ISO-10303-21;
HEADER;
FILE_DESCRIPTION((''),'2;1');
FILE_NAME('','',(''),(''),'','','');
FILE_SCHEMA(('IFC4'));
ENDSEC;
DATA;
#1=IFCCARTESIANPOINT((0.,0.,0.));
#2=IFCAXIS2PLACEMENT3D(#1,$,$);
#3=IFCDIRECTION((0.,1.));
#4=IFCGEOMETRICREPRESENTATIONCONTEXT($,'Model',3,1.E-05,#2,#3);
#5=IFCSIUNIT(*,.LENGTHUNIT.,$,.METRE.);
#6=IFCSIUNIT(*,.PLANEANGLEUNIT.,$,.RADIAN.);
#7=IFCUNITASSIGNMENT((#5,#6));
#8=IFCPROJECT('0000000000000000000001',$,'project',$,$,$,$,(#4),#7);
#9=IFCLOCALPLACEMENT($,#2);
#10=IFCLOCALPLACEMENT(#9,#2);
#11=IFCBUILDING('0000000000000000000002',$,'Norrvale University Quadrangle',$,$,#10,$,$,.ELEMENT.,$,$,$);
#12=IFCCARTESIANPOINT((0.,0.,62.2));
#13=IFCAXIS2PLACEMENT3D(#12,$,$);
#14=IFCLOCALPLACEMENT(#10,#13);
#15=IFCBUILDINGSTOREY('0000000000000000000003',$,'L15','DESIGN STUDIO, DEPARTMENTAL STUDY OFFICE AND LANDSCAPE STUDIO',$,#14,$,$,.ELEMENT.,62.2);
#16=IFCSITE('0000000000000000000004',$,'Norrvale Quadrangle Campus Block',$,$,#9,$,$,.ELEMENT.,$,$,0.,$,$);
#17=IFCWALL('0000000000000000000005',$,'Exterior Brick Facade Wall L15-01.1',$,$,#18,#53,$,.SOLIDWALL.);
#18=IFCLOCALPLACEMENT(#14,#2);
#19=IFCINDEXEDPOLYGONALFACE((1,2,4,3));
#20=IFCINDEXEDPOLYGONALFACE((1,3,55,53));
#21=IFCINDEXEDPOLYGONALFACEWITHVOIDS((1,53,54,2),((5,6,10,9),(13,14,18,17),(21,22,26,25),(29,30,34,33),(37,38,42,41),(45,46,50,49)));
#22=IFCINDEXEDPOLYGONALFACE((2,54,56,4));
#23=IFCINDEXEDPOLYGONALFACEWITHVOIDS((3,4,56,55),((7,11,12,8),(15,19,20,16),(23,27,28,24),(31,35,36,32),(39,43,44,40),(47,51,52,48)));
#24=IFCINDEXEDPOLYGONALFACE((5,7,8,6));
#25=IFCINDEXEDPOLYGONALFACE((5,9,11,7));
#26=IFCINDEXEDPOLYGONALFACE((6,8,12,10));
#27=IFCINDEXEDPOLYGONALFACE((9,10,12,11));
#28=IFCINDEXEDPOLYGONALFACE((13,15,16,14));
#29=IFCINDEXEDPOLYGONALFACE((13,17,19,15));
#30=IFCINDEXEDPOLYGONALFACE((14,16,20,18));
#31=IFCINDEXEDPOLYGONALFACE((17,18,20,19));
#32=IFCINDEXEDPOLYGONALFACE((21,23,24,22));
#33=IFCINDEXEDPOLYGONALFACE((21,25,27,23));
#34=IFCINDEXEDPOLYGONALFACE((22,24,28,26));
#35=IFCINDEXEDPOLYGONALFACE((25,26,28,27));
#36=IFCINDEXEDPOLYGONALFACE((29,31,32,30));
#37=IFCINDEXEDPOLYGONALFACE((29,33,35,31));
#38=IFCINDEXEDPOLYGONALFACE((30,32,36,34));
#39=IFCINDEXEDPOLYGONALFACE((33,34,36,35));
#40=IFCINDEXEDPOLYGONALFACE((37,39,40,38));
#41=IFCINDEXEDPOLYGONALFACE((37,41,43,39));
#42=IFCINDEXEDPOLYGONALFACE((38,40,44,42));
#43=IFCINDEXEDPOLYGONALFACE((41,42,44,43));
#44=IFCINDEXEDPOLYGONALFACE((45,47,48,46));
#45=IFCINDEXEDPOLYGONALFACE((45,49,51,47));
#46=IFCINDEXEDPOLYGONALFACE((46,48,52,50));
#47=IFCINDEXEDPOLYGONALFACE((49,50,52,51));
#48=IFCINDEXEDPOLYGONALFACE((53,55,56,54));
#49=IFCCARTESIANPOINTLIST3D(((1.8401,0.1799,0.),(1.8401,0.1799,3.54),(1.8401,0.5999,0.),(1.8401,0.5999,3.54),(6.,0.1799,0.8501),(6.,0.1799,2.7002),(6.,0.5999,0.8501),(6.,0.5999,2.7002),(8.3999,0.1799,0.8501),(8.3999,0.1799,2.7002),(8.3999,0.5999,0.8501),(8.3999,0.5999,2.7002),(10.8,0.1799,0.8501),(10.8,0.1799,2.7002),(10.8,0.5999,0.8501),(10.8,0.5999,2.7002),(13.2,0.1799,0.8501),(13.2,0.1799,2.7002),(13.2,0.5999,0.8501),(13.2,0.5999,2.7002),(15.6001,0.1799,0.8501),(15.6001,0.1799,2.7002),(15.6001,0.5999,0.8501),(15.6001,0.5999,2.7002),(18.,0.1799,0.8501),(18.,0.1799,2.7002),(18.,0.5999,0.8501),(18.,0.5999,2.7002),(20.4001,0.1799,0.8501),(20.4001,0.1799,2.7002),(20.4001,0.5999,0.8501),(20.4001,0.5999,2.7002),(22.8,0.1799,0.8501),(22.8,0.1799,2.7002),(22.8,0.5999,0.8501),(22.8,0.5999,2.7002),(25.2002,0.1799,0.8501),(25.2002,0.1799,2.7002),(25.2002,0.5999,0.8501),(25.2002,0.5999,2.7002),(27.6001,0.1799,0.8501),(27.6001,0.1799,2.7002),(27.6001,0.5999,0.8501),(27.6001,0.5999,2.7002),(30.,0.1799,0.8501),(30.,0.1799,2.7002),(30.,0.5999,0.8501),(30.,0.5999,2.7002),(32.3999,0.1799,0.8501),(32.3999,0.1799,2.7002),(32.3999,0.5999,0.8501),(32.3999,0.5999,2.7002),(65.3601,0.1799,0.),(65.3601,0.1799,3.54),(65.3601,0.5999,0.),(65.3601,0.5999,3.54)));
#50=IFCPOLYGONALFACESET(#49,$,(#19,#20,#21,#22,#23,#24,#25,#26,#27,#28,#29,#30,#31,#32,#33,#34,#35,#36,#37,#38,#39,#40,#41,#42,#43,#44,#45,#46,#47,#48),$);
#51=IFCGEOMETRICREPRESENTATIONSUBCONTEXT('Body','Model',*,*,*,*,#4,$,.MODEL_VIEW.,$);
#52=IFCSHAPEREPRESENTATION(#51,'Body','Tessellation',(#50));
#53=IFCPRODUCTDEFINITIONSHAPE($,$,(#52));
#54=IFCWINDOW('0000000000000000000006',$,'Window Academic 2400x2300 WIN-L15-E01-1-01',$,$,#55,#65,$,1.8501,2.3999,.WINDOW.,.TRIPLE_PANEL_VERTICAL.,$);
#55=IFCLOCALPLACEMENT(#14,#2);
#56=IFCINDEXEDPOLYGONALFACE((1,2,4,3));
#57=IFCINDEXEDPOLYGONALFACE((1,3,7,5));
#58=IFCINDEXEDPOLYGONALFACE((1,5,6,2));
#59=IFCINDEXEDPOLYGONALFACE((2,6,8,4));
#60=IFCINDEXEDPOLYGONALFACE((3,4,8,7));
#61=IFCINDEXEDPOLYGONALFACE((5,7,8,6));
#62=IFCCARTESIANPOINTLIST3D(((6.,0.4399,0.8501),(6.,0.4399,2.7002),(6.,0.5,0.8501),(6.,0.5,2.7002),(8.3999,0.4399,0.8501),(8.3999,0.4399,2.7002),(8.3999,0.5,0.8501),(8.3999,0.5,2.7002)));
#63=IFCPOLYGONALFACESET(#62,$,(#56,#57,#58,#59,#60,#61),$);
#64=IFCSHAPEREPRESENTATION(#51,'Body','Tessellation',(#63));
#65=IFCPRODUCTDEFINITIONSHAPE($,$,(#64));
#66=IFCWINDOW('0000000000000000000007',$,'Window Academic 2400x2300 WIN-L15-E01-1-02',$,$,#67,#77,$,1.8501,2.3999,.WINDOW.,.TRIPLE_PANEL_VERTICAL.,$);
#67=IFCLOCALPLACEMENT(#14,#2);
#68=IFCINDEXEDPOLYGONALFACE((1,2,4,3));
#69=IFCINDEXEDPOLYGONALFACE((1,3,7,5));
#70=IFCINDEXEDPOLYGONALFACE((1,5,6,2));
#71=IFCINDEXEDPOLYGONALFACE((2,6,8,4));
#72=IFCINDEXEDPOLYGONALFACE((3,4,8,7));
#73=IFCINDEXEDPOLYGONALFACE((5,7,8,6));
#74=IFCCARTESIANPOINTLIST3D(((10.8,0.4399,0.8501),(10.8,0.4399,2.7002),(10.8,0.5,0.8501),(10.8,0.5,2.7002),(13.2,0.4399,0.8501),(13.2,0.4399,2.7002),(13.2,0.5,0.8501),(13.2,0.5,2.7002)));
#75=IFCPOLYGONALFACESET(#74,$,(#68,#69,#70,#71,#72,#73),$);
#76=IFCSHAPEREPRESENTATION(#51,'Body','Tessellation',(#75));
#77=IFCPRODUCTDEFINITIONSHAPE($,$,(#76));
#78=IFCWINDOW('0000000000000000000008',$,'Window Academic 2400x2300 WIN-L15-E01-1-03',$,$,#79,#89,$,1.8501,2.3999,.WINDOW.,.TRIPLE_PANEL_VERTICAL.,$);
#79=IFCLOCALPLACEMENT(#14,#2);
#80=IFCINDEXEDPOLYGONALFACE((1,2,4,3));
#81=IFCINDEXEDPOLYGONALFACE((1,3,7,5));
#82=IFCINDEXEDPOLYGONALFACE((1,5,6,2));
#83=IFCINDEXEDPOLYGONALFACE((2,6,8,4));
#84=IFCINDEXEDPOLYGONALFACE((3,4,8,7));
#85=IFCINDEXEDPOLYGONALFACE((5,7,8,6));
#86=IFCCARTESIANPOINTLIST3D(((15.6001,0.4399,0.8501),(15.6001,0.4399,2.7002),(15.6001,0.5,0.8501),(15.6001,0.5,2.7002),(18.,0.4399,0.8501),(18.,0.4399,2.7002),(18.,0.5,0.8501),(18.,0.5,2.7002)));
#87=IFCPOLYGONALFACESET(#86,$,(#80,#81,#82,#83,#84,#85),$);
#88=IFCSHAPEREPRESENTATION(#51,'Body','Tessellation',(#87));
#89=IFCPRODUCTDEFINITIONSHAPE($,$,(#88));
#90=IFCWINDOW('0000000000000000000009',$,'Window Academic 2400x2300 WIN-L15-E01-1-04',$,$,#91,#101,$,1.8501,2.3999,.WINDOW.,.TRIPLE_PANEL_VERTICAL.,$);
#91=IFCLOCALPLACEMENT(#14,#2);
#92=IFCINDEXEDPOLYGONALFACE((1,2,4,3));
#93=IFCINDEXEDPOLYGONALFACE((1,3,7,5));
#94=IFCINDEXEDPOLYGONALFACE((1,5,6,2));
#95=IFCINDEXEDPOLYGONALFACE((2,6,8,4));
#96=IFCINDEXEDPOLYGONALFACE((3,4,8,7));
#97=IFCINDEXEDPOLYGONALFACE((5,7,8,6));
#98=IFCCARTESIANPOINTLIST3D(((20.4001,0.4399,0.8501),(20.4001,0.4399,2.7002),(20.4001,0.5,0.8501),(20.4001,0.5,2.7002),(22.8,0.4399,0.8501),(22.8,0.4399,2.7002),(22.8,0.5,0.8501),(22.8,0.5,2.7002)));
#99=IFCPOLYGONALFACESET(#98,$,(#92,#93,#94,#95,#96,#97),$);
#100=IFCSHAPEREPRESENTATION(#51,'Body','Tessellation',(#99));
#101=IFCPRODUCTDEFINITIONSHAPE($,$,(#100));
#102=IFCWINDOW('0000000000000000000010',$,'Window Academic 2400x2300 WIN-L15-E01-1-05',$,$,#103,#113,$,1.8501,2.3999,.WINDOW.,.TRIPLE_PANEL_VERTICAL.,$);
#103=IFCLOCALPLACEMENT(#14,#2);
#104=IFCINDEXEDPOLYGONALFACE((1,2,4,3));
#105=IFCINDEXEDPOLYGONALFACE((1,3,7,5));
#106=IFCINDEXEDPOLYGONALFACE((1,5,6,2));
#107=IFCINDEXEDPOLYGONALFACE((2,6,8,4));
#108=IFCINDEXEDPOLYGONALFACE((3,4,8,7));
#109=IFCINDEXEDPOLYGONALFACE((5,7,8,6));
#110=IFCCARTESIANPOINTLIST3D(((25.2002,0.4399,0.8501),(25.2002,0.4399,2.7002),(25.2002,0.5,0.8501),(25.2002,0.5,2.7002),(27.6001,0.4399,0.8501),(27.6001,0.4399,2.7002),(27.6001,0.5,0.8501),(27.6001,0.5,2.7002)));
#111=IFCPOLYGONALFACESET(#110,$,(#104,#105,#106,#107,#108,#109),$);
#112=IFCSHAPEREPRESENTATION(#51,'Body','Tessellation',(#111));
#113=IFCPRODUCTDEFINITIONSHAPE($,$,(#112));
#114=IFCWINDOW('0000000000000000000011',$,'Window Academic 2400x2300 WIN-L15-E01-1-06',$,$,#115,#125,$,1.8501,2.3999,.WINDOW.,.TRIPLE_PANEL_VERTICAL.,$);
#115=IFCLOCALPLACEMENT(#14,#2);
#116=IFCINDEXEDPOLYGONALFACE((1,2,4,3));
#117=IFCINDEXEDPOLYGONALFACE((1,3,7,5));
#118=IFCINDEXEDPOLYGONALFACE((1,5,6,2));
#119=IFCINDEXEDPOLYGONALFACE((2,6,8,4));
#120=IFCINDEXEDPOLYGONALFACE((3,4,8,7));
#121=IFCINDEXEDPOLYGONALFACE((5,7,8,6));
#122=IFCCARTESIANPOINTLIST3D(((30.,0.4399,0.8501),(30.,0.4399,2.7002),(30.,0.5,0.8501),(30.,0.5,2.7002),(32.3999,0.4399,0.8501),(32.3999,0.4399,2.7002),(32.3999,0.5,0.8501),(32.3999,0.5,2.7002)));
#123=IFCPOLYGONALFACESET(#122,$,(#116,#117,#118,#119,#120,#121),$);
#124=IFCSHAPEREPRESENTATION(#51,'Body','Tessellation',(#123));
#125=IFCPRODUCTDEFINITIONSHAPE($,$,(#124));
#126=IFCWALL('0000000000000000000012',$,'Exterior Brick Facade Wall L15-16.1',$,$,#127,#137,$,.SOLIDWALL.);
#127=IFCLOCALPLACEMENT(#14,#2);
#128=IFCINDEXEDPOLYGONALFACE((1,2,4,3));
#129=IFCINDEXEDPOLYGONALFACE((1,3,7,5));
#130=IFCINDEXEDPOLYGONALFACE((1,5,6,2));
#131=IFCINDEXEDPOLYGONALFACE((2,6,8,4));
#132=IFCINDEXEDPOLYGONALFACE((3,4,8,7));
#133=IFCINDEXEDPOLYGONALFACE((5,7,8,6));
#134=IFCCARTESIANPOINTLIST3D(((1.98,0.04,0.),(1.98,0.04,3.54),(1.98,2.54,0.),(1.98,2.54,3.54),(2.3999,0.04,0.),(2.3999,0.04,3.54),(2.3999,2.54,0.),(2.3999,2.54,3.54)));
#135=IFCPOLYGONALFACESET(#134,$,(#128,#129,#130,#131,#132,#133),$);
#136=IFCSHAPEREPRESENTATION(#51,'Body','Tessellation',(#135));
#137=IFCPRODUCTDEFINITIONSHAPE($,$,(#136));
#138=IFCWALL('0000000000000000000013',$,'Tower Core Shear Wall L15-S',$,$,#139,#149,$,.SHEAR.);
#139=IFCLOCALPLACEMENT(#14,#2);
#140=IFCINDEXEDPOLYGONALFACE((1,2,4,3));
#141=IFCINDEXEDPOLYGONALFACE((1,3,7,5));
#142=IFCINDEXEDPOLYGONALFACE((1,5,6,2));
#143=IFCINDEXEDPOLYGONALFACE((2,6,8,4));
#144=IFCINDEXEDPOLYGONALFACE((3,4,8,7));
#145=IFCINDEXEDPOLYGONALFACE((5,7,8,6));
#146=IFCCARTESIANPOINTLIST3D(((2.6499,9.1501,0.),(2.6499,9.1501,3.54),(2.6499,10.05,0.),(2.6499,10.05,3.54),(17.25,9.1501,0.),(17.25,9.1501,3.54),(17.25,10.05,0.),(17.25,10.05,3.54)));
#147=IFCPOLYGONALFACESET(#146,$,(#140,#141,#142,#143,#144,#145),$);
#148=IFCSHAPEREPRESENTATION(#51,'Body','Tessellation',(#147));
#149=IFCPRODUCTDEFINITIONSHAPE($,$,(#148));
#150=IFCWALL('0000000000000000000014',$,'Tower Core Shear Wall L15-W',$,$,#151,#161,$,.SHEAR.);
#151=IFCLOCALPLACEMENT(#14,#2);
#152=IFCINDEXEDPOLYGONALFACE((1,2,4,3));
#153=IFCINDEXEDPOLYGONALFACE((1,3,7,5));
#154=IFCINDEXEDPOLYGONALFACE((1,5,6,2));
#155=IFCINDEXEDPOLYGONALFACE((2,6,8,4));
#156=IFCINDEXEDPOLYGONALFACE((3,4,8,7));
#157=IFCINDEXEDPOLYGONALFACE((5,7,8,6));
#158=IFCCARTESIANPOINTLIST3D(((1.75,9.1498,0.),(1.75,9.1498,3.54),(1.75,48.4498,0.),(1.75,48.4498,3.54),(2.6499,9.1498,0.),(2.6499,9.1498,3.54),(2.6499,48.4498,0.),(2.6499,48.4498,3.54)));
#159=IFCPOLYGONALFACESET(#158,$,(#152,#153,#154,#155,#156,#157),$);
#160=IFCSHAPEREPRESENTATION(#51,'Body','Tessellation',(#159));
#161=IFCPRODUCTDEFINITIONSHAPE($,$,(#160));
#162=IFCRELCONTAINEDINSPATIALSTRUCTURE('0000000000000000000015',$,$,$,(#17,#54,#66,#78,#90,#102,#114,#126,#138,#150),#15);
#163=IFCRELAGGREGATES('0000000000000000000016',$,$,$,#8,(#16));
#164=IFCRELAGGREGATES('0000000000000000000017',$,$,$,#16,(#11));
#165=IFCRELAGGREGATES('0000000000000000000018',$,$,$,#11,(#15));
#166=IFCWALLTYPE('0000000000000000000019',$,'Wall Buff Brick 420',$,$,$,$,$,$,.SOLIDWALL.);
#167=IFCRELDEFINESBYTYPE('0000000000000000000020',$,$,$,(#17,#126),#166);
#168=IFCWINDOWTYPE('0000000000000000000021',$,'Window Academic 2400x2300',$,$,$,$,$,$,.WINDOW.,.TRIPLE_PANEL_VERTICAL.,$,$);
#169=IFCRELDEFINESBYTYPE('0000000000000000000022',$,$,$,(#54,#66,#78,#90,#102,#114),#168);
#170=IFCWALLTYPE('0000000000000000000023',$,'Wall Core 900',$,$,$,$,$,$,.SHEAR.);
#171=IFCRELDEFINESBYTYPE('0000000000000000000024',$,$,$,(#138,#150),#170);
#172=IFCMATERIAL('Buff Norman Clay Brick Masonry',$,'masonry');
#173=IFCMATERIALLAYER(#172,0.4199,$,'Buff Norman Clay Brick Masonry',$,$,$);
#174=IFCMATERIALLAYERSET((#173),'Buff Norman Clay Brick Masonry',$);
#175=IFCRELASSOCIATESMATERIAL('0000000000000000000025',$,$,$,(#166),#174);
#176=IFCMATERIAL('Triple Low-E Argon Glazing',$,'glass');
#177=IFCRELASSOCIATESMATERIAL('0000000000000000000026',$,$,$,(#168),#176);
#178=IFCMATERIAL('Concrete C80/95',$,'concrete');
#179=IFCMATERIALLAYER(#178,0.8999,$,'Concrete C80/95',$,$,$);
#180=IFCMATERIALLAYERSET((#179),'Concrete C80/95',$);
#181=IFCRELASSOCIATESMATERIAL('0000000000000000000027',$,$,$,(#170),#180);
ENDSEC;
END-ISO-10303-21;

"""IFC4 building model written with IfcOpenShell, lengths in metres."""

from ifc_helpers import new_model, si_unit, direction, frame, frame_2d, origin, place, context, subcontext, project, spatial, rectangle, extrude, material, layer, layer_set, type_object, element, fill, save


model = new_model("IFC4")

# Units and contexts
model_context = context("Model", 3, precision=1e-05, world=origin(), true_north=direction((0.0, 1.0)))
body_context = subcontext(model_context, "Body", "Model", "MODEL_VIEW")
ifc_project = project(units=[si_unit("LENGTHUNIT", "METRE"), si_unit("PLANEANGLEUNIT", "RADIAN")], contexts=[model_context])

# Site, building, storey
site_placement = place(None, origin())
site = spatial("IfcSite", under=ifc_project, at=site_placement, Name="Norrvale Quadrangle Campus Block", CompositionType="ELEMENT", RefElevation=0.0)
building_placement = place(site_placement, origin())
building = spatial("IfcBuilding", under=site, at=building_placement, Name="Norrvale University Quadrangle", CompositionType="ELEMENT")
storey_placement = place(building_placement, frame((0.0, 0.0, 62.2)))
storey = spatial("IfcBuildingStorey", under=building, at=storey_placement, Name="L15", Description="DESIGN STUDIO, DEPARTMENTAL STUDY OFFICE AND LANDSCAPE STUDIO", CompositionType="ELEMENT", Elevation=62.2)

# Shared definitions
ifc_material_1 = material(Name="Concrete C80/95", Category="concrete")

# Wall, openings, windows
ifc_material_2 = material(Name="Buff Norman Clay Brick Masonry", Category="masonry")
ifc_layer_1 = layer(ifc_material_2, 0.4199, Name="Buff Norman Clay Brick Masonry")
ifc_layer_set_1 = layer_set([ifc_layer_1], Name="Buff Norman Clay Brick Masonry")
wall_type_1 = type_object("IfcWallType", Name="Wall Buff Brick 420", PredefinedType="SOLIDWALL", material=ifc_layer_set_1)
wall_1_placement = place(storey_placement, frame((1.8401, 0.3899, 0.0), z_axis=(0.0, 0.0, 1.0), x_axis=(1.0, 0.0, 0.0)))
wall_1 = element("IfcWall", 1, at=wall_1_placement, inside=storey, type_object=wall_type_1, Name="Exterior Brick Facade Wall L15-01.1", PredefinedType="SOLIDWALL", context=body_context, shape_type="SweptSolid", body=[
    extrude(rectangle(XDim=63.52, YDim=0.4199, at=frame_2d((31.76, 0.0))), origin(), (0.0, 0.0, 1.0), 3.54),
])
opening_1_placement = place(wall_1_placement, frame((4.1599, 0.0, 0.8501)))
opening_1 = element("IfcOpeningElement", 2, at=opening_1_placement, cuts=wall_1, PredefinedType="OPENING", context=body_context, shape_type="SweptSolid", body=[
    extrude(rectangle(XDim=2.3999, YDim=1.8501, at=frame_2d((1.2, 0.925))), frame((0.0, 0.2219, 0.0), z_axis=(0.0, -1.0, 0.0), x_axis=(1.0, 0.0, 0.0)), (0.0, 0.0, 1.0), 0.4438),
])
opening_2_placement = place(wall_1_placement, frame((8.96, 0.0, 0.8501)))
opening_2 = element("IfcOpeningElement", 3, at=opening_2_placement, cuts=wall_1, PredefinedType="OPENING", context=body_context, shape_type="SweptSolid", body=[
    extrude(rectangle(XDim=2.3999, YDim=1.8501, at=frame_2d((1.2, 0.925))), frame((0.0, 0.2219, 0.0), z_axis=(0.0, -1.0, 0.0), x_axis=(1.0, 0.0, 0.0)), (0.0, 0.0, 1.0), 0.4438),
])
opening_3_placement = place(wall_1_placement, frame((13.76, 0.0, 0.8501)))
opening_3 = element("IfcOpeningElement", 4, at=opening_3_placement, cuts=wall_1, PredefinedType="OPENING", context=body_context, shape_type="SweptSolid", body=[
    extrude(rectangle(XDim=2.3999, YDim=1.8501, at=frame_2d((1.2, 0.925))), frame((0.0, 0.2219, 0.0), z_axis=(0.0, -1.0, 0.0), x_axis=(1.0, 0.0, 0.0)), (0.0, 0.0, 1.0), 0.4438),
])
opening_4_placement = place(wall_1_placement, frame((18.5601, 0.0, 0.8501)))
opening_4 = element("IfcOpeningElement", 5, at=opening_4_placement, cuts=wall_1, PredefinedType="OPENING", context=body_context, shape_type="SweptSolid", body=[
    extrude(rectangle(XDim=2.3999, YDim=1.8501, at=frame_2d((1.2, 0.925))), frame((0.0, 0.2219, 0.0), z_axis=(0.0, -1.0, 0.0), x_axis=(1.0, 0.0, 0.0)), (0.0, 0.0, 1.0), 0.4438),
])
opening_5_placement = place(wall_1_placement, frame((23.3601, 0.0, 0.8501)))
opening_5 = element("IfcOpeningElement", 6, at=opening_5_placement, cuts=wall_1, PredefinedType="OPENING", context=body_context, shape_type="SweptSolid", body=[
    extrude(rectangle(XDim=2.3999, YDim=1.8501, at=frame_2d((1.2, 0.925))), frame((0.0, 0.2219, 0.0), z_axis=(0.0, -1.0, 0.0), x_axis=(1.0, 0.0, 0.0)), (0.0, 0.0, 1.0), 0.4438),
])
opening_6_placement = place(wall_1_placement, frame((28.1599, 0.0, 0.8501)))
opening_6 = element("IfcOpeningElement", 7, at=opening_6_placement, cuts=wall_1, PredefinedType="OPENING", context=body_context, shape_type="SweptSolid", body=[
    extrude(rectangle(XDim=2.3999, YDim=1.8501, at=frame_2d((1.2, 0.925))), frame((0.0, 0.2219, 0.0), z_axis=(0.0, -1.0, 0.0), x_axis=(1.0, 0.0, 0.0)), (0.0, 0.0, 1.0), 0.4438),
])
ifc_material_3 = material(Name="Triple Low-E Argon Glazing", Category="glass")
window_type = type_object("IfcWindowType", Name="Window Academic 2400x2300", PartitioningType="TRIPLE_PANEL_VERTICAL", PredefinedType="WINDOW", material=ifc_material_3)
window_1_placement = place(opening_1_placement, origin())
window_1 = element("IfcWindow", 8, at=window_1_placement, inside=storey, type_object=window_type, Name="Window Academic 2400x2300 WIN-L15-E01-1-01", OverallHeight=1.8501, OverallWidth=2.3999, PartitioningType="TRIPLE_PANEL_VERTICAL", PredefinedType="WINDOW", context=body_context, shape_type="SweptSolid", body=[
    extrude(rectangle(XDim=2.3999, YDim=1.8501, at=frame_2d((1.2, 0.925))), frame((0.0, 0.1101, 0.0), z_axis=(0.0, -1.0, 0.0), x_axis=(1.0, 0.0, 0.0)), (0.0, 0.0, 1.0), 0.0601),
])
fill(opening_1, window_1)
window_2_placement = place(opening_2_placement, origin())
window_2 = element("IfcWindow", 9, at=window_2_placement, inside=storey, type_object=window_type, Name="Window Academic 2400x2300 WIN-L15-E01-1-02", OverallHeight=1.8501, OverallWidth=2.3999, PartitioningType="TRIPLE_PANEL_VERTICAL", PredefinedType="WINDOW", context=body_context, shape_type="SweptSolid", body=[
    extrude(rectangle(XDim=2.3999, YDim=1.8501, at=frame_2d((1.2, 0.925))), frame((0.0, 0.1101, 0.0), z_axis=(0.0, -1.0, 0.0), x_axis=(1.0, 0.0, 0.0)), (0.0, 0.0, 1.0), 0.0601),
])
fill(opening_2, window_2)
window_3_placement = place(opening_3_placement, origin())
window_3 = element("IfcWindow", 10, at=window_3_placement, inside=storey, type_object=window_type, Name="Window Academic 2400x2300 WIN-L15-E01-1-03", OverallHeight=1.8501, OverallWidth=2.3999, PartitioningType="TRIPLE_PANEL_VERTICAL", PredefinedType="WINDOW", context=body_context, shape_type="SweptSolid", body=[
    extrude(rectangle(XDim=2.3999, YDim=1.8501, at=frame_2d((1.2, 0.925))), frame((0.0, 0.1101, 0.0), z_axis=(0.0, -1.0, 0.0), x_axis=(1.0, 0.0, 0.0)), (0.0, 0.0, 1.0), 0.0601),
])
fill(opening_3, window_3)
window_4_placement = place(opening_4_placement, origin())
window_4 = element("IfcWindow", 11, at=window_4_placement, inside=storey, type_object=window_type, Name="Window Academic 2400x2300 WIN-L15-E01-1-04", OverallHeight=1.8501, OverallWidth=2.3999, PartitioningType="TRIPLE_PANEL_VERTICAL", PredefinedType="WINDOW", context=body_context, shape_type="SweptSolid", body=[
    extrude(rectangle(XDim=2.3999, YDim=1.8501, at=frame_2d((1.2, 0.925))), frame((0.0, 0.1101, 0.0), z_axis=(0.0, -1.0, 0.0), x_axis=(1.0, 0.0, 0.0)), (0.0, 0.0, 1.0), 0.0601),
])
fill(opening_4, window_4)
window_5_placement = place(opening_5_placement, origin())
window_5 = element("IfcWindow", 12, at=window_5_placement, inside=storey, type_object=window_type, Name="Window Academic 2400x2300 WIN-L15-E01-1-05", OverallHeight=1.8501, OverallWidth=2.3999, PartitioningType="TRIPLE_PANEL_VERTICAL", PredefinedType="WINDOW", context=body_context, shape_type="SweptSolid", body=[
    extrude(rectangle(XDim=2.3999, YDim=1.8501, at=frame_2d((1.2, 0.925))), frame((0.0, 0.1101, 0.0), z_axis=(0.0, -1.0, 0.0), x_axis=(1.0, 0.0, 0.0)), (0.0, 0.0, 1.0), 0.0601),
])
fill(opening_5, window_5)
window_6_placement = place(opening_6_placement, origin())
window_6 = element("IfcWindow", 13, at=window_6_placement, inside=storey, type_object=window_type, Name="Window Academic 2400x2300 WIN-L15-E01-1-06", OverallHeight=1.8501, OverallWidth=2.3999, PartitioningType="TRIPLE_PANEL_VERTICAL", PredefinedType="WINDOW", context=body_context, shape_type="SweptSolid", body=[
    extrude(rectangle(XDim=2.3999, YDim=1.8501, at=frame_2d((1.2, 0.925))), frame((0.0, 0.1101, 0.0), z_axis=(0.0, -1.0, 0.0), x_axis=(1.0, 0.0, 0.0)), (0.0, 0.0, 1.0), 0.0601),
])
fill(opening_6, window_6)

# Walls
wall_2_placement = place(storey_placement, frame((2.1899, 2.54, 0.0), z_axis=(0.0, 0.0, 1.0), x_axis=(0.0, -1.0, 0.0)))
element("IfcWall", 14, at=wall_2_placement, inside=storey, type_object=wall_type_1, Name="Exterior Brick Facade Wall L15-16.1", PredefinedType="SOLIDWALL", context=body_context, shape_type="SweptSolid", body=[
    extrude(rectangle(XDim=2.5, YDim=0.4199, at=frame_2d((1.25, 0.0))), origin(), (0.0, 0.0, 1.0), 3.54),
])
ifc_layer_2 = layer(ifc_material_1, 0.8999, Name="Concrete C80/95")
ifc_layer_set_2 = layer_set([ifc_layer_2], Name="Concrete C80/95")
wall_type_2 = type_object("IfcWallType", Name="Wall Core 900", PredefinedType="SHEAR", material=ifc_layer_set_2)
wall_3_placement = place(storey_placement, frame((2.6499, 9.6001, 0.0), z_axis=(0.0, 0.0, 1.0), x_axis=(1.0, 0.0, 0.0)))
element("IfcWall", 15, at=wall_3_placement, inside=storey, type_object=wall_type_2, Name="Tower Core Shear Wall L15-S", PredefinedType="SHEAR", context=body_context, shape_type="SweptSolid", body=[
    extrude(rectangle(XDim=14.6001, YDim=0.8999, at=frame_2d((7.3, 0.0))), origin(), (0.0, 0.0, 1.0), 3.54),
])
wall_4_placement = place(storey_placement, frame((2.2, 9.1499, 0.0), z_axis=(0.0, 0.0, 1.0), x_axis=(0.0, 1.0, 0.0)))
element("IfcWall", 16, at=wall_4_placement, inside=storey, type_object=wall_type_2, Name="Tower Core Shear Wall L15-W", PredefinedType="SHEAR", context=body_context, shape_type="SweptSolid", body=[
    extrude(rectangle(XDim=39.3, YDim=0.8999, at=frame_2d((19.6499, 0.0))), origin(), (0.0, 0.0, 1.0), 3.54),
])

save(model, "model.ifc")
